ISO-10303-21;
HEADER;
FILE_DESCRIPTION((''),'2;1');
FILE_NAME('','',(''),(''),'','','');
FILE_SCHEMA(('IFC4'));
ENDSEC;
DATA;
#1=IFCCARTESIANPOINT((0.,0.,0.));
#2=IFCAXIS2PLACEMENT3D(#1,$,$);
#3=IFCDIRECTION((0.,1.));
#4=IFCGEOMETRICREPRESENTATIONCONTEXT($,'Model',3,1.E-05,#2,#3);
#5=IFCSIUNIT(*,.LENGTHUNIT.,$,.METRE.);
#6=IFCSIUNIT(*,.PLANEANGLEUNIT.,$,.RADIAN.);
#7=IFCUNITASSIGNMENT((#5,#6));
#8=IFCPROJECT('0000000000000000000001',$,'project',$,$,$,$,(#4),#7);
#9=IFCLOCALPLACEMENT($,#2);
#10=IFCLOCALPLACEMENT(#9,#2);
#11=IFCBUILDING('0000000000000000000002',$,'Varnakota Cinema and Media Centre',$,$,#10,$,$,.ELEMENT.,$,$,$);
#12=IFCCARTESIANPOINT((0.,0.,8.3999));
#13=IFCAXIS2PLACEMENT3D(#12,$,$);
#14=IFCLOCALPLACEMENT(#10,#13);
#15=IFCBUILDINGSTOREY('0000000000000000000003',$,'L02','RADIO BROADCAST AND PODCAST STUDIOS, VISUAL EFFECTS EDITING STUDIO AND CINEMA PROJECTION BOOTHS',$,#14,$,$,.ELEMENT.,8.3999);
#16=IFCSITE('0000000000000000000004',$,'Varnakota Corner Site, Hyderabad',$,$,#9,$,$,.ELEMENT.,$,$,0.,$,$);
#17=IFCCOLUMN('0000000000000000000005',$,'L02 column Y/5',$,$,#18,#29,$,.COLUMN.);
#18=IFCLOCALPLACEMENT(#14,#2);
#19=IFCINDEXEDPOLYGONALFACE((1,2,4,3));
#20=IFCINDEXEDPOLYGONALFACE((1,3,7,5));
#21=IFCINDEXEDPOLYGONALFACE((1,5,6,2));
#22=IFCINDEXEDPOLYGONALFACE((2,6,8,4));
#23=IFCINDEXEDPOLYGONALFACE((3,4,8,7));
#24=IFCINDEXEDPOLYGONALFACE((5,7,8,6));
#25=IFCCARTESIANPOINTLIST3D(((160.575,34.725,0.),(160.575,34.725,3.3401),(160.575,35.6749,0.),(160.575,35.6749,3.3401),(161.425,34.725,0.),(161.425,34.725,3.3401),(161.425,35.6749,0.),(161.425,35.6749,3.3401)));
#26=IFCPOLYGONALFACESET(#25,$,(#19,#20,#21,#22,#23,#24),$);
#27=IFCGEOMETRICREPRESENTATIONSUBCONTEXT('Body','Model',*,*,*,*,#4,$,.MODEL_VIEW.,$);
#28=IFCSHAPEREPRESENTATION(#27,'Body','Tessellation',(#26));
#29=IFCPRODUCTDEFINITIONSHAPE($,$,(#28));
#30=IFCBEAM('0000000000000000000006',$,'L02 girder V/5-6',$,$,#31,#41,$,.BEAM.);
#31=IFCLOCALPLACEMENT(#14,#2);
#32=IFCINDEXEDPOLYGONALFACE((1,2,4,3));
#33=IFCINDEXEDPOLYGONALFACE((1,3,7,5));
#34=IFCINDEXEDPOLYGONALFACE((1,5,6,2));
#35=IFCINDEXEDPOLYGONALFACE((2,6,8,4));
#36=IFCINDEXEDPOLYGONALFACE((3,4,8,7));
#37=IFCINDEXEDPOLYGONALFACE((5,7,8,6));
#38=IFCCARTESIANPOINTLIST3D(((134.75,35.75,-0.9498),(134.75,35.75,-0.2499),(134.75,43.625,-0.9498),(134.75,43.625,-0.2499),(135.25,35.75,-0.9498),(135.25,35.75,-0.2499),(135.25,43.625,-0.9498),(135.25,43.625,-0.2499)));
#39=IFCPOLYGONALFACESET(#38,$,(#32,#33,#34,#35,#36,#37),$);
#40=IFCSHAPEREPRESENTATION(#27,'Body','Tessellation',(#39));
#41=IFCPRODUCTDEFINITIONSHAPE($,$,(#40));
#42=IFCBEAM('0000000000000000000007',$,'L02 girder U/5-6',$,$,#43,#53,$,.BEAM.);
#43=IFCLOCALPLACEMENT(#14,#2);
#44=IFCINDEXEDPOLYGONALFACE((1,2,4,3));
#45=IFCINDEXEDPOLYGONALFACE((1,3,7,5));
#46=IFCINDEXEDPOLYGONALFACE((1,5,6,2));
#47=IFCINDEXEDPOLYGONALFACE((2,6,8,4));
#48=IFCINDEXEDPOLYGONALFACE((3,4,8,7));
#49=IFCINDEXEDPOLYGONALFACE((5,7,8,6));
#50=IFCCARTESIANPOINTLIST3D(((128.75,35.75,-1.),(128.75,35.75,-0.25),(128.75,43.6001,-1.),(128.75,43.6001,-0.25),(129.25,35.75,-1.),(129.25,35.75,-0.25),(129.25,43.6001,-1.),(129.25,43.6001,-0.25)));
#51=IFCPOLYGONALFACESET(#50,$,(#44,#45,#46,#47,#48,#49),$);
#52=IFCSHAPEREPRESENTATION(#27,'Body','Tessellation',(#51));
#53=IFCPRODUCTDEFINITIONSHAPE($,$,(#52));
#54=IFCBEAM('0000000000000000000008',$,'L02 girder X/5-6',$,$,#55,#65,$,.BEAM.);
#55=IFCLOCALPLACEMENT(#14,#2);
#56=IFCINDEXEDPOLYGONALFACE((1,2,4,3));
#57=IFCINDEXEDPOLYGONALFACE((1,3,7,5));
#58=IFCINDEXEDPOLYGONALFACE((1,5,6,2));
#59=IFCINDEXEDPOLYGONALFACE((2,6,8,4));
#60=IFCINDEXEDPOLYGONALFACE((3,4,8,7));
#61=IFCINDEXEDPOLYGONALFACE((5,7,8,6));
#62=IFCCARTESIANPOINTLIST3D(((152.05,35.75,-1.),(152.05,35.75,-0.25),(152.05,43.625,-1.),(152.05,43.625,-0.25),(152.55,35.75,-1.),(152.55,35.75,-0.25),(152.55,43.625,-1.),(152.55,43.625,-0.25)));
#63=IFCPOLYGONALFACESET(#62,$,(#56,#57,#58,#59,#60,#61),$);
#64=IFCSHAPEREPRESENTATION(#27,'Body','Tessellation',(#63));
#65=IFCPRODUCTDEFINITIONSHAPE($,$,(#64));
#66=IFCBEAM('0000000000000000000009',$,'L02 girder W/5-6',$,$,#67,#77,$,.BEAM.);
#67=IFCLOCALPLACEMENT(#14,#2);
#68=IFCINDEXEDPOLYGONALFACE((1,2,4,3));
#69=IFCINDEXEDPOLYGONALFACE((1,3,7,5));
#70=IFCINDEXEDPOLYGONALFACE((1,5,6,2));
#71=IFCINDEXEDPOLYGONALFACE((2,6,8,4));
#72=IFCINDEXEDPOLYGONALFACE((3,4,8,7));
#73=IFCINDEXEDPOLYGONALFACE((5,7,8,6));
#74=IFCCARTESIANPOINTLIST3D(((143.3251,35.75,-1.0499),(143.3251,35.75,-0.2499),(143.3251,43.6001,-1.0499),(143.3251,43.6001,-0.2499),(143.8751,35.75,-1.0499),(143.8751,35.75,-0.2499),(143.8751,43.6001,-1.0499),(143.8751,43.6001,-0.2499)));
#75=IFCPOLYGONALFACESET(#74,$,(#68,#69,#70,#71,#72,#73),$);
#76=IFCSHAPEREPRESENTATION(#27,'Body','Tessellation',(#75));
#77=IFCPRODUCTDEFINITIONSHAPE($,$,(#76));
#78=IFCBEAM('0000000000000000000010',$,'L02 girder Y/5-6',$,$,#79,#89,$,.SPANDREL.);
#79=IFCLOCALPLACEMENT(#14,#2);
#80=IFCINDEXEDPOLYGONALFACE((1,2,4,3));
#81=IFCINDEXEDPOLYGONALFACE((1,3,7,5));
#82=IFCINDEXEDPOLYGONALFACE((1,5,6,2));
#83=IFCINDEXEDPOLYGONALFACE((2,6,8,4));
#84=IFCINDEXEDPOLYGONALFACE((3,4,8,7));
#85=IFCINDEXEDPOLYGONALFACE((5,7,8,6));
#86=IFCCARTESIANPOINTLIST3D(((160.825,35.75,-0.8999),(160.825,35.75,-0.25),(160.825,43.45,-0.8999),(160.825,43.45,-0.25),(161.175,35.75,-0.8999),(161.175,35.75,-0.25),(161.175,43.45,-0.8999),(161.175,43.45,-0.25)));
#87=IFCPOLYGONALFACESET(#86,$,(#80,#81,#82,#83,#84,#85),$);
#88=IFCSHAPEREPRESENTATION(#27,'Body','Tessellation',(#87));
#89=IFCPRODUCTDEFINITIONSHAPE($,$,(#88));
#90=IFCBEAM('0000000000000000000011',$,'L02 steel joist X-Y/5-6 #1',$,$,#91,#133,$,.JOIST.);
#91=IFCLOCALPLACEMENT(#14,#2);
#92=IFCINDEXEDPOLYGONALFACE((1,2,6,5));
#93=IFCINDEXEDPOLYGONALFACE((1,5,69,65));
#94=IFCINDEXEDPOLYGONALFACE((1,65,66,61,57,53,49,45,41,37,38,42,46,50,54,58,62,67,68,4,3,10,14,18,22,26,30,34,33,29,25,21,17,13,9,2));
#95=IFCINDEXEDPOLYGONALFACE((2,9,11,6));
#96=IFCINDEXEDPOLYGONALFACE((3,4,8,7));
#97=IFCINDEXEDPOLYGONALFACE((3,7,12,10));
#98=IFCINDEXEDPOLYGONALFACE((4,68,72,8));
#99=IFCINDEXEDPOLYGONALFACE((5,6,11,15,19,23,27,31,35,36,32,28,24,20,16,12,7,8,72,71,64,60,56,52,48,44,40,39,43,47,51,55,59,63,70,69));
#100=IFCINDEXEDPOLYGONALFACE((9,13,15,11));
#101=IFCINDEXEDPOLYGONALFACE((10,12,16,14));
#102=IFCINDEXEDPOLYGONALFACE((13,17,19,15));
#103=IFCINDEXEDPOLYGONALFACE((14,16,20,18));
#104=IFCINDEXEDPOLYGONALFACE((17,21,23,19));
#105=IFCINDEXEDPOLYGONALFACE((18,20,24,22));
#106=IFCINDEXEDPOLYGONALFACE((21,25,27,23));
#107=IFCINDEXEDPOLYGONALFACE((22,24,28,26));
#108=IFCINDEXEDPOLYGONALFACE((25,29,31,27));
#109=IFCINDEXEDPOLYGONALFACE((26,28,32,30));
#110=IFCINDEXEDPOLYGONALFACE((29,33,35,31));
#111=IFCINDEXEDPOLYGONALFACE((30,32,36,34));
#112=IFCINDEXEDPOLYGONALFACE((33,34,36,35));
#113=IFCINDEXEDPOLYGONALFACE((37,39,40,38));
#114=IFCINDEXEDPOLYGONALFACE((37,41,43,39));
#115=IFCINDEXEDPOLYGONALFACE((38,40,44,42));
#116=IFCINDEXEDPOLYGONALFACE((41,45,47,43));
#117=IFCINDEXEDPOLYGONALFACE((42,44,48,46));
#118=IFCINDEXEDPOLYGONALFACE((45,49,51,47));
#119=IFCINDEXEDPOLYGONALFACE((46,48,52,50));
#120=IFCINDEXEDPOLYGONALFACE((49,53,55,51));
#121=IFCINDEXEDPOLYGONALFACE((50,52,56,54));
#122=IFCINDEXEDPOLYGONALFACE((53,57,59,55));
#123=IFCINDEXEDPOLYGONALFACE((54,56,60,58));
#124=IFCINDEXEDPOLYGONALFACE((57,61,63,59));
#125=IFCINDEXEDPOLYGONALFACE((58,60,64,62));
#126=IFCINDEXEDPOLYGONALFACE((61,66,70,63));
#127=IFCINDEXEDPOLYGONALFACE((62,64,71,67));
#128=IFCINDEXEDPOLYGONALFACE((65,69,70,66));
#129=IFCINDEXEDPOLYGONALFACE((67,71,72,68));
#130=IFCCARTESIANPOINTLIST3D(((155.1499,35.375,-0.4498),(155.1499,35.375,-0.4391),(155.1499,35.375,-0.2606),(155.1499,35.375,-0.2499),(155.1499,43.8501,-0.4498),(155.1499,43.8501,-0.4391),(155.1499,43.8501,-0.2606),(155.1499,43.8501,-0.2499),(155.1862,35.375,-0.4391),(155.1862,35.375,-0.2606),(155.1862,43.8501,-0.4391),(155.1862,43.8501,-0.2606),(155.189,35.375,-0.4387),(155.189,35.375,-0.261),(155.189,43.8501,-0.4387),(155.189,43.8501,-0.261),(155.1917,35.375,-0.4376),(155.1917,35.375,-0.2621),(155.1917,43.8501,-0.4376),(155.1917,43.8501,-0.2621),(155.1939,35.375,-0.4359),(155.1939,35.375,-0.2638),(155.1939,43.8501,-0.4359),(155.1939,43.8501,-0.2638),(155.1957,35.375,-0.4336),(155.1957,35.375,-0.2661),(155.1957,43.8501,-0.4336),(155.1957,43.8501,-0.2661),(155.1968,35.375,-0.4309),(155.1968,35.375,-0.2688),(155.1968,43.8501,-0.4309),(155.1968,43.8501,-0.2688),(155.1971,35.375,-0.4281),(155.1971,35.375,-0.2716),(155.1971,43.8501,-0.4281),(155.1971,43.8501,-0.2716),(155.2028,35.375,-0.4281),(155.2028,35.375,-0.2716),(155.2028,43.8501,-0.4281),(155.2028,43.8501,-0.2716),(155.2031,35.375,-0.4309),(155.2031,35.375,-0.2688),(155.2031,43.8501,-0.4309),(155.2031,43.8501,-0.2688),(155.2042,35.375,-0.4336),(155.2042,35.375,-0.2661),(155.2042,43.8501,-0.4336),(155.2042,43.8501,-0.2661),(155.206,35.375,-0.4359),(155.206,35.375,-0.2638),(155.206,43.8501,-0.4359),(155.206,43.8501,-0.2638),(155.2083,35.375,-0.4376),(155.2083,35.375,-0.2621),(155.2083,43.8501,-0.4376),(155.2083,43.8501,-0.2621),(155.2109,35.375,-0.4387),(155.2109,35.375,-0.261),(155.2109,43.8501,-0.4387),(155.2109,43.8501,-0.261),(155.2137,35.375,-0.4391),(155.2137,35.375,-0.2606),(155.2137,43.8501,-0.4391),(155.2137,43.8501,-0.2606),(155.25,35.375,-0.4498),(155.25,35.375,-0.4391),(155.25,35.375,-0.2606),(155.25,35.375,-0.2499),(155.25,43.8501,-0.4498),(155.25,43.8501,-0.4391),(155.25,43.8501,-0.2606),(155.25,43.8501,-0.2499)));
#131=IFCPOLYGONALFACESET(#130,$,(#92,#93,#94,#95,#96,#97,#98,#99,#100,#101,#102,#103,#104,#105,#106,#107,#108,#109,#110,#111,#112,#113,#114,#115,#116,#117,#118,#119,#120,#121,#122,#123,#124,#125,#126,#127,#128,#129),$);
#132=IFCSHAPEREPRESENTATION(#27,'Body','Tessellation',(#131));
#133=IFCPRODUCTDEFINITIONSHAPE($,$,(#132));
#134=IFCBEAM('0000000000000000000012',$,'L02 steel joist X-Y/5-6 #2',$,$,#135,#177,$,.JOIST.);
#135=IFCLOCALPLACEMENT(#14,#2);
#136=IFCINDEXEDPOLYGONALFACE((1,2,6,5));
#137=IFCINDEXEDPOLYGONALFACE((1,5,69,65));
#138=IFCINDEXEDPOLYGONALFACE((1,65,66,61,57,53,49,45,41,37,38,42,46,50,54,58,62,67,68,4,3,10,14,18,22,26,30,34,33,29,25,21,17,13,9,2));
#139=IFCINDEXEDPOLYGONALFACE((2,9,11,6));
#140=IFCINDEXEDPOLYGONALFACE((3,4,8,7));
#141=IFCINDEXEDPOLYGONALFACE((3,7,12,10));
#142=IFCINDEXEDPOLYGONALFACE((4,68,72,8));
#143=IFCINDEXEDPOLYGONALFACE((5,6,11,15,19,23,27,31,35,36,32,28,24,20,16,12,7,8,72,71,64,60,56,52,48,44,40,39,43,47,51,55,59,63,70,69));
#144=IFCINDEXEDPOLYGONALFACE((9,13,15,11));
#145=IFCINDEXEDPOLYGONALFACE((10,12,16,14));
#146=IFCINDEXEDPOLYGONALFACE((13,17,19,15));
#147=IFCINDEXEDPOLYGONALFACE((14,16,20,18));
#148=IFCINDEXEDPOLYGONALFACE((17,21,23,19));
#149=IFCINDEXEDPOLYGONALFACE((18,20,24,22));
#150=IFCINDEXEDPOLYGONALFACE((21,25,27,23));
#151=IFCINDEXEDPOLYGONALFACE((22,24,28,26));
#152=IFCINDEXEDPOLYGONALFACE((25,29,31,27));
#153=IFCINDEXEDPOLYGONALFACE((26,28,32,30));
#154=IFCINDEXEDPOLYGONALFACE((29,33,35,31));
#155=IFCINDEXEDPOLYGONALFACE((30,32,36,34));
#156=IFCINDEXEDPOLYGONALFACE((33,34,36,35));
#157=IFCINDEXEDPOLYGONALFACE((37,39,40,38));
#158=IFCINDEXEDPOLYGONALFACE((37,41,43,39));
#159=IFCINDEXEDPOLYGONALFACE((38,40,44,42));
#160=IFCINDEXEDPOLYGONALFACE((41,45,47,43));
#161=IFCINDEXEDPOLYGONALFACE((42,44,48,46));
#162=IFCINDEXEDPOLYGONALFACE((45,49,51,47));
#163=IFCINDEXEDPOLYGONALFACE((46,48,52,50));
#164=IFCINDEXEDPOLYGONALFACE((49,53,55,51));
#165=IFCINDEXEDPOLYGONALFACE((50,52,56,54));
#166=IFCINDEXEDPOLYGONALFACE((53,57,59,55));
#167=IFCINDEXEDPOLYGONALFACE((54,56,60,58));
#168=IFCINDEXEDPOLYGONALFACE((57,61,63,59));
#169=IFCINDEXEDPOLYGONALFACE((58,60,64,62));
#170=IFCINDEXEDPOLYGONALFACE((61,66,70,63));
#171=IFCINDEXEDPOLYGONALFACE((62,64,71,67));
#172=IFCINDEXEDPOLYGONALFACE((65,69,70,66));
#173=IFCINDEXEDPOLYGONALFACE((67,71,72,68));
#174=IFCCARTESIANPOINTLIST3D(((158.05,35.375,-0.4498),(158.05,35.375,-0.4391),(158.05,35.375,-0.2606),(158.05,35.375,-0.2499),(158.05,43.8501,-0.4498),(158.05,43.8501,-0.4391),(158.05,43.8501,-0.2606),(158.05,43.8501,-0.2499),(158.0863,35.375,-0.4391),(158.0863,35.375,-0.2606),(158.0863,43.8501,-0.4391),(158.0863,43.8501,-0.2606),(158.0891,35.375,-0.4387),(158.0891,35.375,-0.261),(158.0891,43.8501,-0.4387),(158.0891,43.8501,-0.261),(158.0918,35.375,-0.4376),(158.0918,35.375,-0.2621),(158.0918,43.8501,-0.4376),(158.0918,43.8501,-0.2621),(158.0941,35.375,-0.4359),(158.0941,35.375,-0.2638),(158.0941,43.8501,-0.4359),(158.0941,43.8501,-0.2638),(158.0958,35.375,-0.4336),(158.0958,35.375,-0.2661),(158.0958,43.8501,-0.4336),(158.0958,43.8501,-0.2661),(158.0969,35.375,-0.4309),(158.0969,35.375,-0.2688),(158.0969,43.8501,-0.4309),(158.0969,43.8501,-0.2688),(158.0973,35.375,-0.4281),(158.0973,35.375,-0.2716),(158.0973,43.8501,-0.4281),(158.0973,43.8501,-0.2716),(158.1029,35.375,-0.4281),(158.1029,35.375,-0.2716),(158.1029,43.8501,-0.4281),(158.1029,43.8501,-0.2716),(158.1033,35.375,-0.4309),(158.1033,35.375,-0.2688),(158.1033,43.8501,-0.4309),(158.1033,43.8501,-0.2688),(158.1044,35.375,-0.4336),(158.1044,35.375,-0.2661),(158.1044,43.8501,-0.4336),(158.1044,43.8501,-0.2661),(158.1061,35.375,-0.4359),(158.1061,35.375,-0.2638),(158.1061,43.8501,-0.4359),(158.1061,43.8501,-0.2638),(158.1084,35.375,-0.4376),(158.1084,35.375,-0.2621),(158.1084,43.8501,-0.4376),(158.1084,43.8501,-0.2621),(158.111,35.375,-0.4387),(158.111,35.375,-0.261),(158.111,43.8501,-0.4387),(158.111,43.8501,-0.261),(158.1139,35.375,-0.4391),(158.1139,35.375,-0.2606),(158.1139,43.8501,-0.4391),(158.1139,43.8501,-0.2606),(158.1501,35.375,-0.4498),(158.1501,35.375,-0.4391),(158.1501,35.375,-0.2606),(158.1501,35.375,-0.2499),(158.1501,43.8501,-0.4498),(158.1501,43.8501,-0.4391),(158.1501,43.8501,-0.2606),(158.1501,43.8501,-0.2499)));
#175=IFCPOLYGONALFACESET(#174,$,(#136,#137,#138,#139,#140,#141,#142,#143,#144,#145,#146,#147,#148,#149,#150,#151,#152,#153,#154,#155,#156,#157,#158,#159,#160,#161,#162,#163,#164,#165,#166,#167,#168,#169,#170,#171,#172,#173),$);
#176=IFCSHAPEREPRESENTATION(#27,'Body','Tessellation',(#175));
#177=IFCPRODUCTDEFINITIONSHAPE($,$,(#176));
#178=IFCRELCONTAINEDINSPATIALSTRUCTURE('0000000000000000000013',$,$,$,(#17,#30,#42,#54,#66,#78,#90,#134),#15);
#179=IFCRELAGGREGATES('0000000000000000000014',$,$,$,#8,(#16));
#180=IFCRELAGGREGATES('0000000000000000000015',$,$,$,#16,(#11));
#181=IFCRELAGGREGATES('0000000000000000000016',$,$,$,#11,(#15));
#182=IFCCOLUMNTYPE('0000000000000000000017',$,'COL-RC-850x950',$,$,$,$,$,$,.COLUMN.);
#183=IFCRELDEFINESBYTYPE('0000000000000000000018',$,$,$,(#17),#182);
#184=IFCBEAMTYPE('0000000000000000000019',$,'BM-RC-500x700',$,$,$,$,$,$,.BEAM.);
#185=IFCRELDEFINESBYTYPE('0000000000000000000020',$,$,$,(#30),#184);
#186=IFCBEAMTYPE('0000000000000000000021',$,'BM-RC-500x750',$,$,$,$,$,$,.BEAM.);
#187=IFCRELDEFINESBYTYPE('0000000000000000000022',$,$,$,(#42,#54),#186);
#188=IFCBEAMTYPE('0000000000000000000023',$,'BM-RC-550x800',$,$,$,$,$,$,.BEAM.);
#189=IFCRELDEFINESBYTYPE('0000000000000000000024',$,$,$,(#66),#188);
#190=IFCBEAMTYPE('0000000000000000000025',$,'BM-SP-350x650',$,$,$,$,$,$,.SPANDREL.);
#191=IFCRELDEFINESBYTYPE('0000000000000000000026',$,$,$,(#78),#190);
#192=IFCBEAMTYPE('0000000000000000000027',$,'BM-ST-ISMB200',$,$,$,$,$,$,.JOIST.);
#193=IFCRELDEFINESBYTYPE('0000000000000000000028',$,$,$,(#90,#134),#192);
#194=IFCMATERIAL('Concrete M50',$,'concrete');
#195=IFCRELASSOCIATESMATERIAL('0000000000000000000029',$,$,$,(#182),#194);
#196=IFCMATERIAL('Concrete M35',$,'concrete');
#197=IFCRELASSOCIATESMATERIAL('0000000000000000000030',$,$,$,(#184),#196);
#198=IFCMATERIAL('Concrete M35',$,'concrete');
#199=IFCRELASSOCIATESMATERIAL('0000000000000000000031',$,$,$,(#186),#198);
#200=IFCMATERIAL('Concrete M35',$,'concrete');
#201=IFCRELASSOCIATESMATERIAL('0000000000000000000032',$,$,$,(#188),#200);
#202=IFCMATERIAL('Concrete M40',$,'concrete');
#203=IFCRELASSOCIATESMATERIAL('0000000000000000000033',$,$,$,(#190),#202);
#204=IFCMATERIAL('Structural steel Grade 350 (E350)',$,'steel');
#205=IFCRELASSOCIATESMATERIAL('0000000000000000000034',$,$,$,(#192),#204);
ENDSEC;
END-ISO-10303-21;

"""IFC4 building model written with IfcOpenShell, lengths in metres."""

from ifc_helpers import new_model, si_unit, direction, frame, origin, origin_2d, place, context, subcontext, project, spatial, rectangle, i_section, extrude, material, material_profile, profile_set, type_object, element, save


model = new_model("IFC4")

# Units and contexts
model_context = context("Model", 3, precision=1e-05, world=origin(), true_north=direction((0.0, 1.0)))
body_context = subcontext(model_context, "Body", "Model", "MODEL_VIEW")
ifc_project = project(units=[si_unit("LENGTHUNIT", "METRE"), si_unit("PLANEANGLEUNIT", "RADIAN")], contexts=[model_context])

# Site, building, storey
site_placement = place(None, origin())
site = spatial("IfcSite", under=ifc_project, at=site_placement, Name="Varnakota Corner Site, Hyderabad", CompositionType="ELEMENT", RefElevation=0.0)
building_placement = place(site_placement, origin())
building = spatial("IfcBuilding", under=site, at=building_placement, Name="Varnakota Cinema and Media Centre", CompositionType="ELEMENT")
storey_placement = place(building_placement, frame((0.0, 0.0, 8.3999)))
storey = spatial("IfcBuildingStorey", under=building, at=storey_placement, Name="L02", Description="RADIO BROADCAST AND PODCAST STUDIOS, VISUAL EFFECTS EDITING STUDIO AND CINEMA PROJECTION BOOTHS", CompositionType="ELEMENT", Elevation=8.3999)

# Column
ifc_material_1 = material(Name="Concrete M50", Category="concrete")
ifc_material_profile_1 = material_profile(ifc_material_1, rectangle(XDim=0.8501, YDim=0.95, at=origin_2d()), Name="RC 850x950")
ifc_profile_set_1 = profile_set([ifc_material_profile_1], Name="Concrete M50")
column_type = type_object("IfcColumnType", Name="COL-RC-850x950", PredefinedType="COLUMN", material=ifc_profile_set_1)
column_placement = place(storey_placement, frame((161.0, 35.2, 0.0), z_axis=(0.0, 0.0, 1.0), x_axis=(1.0, 0.0, 0.0)))
element("IfcColumn", 1, at=column_placement, inside=storey, type_object=column_type, Name="L02 column Y/5", PredefinedType="COLUMN", context=body_context, shape_type="SweptSolid", body=[
    extrude(rectangle(XDim=0.8501, YDim=0.95, at=origin_2d()), origin(), (0.0, 0.0, 1.0), 3.3401),
])

# Beams
ifc_material_2 = material(Name="Concrete M35", Category="concrete")
ifc_material_profile_2 = material_profile(ifc_material_2, rectangle(XDim=0.5, YDim=0.7, at=origin_2d()), Name="RCB 500x700")
ifc_profile_set_2 = profile_set([ifc_material_profile_2], Name="Concrete M35")
beam_type_1 = type_object("IfcBeamType", Name="BM-RC-500x700", PredefinedType="BEAM", material=ifc_profile_set_2)
beam_1_placement = place(storey_placement, frame((135.0, 35.75, -0.5999), z_axis=(0.0, 1.0, 0.0), x_axis=(-1.0, 0.0, 0.0)))
element("IfcBeam", 2, at=beam_1_placement, inside=storey, type_object=beam_type_1, Name="L02 girder V/5-6", PredefinedType="BEAM", context=body_context, shape_type="SweptSolid", body=[
    extrude(rectangle(XDim=0.5, YDim=0.7, at=origin_2d()), origin(), (0.0, 0.0, 1.0), 7.875),
])
ifc_material_3 = material(Name="Concrete M35", Category="concrete")
ifc_material_profile_3 = material_profile(ifc_material_3, rectangle(XDim=0.5, YDim=0.75, at=origin_2d()), Name="RCB 500x750")
ifc_profile_set_3 = profile_set([ifc_material_profile_3], Name="Concrete M35")
beam_type_2 = type_object("IfcBeamType", Name="BM-RC-500x750", PredefinedType="BEAM", material=ifc_profile_set_3)
beam_2_placement = place(storey_placement, frame((129.0, 35.75, -0.625), z_axis=(0.0, 1.0, 0.0), x_axis=(-1.0, 0.0, 0.0)))
element("IfcBeam", 3, at=beam_2_placement, inside=storey, type_object=beam_type_2, Name="L02 girder U/5-6", PredefinedType="BEAM", context=body_context, shape_type="SweptSolid", body=[
    extrude(rectangle(XDim=0.5, YDim=0.75, at=origin_2d()), origin(), (0.0, 0.0, 1.0), 7.8501),
])
beam_3_placement = place(storey_placement, frame((152.3, 35.75, -0.625), z_axis=(0.0, 1.0, 0.0), x_axis=(-1.0, 0.0, 0.0)))
element("IfcBeam", 4, at=beam_3_placement, inside=storey, type_object=beam_type_2, Name="L02 girder X/5-6", PredefinedType="BEAM", context=body_context, shape_type="SweptSolid", body=[
    extrude(rectangle(XDim=0.5, YDim=0.75, at=origin_2d()), origin(), (0.0, 0.0, 1.0), 7.875),
])
ifc_material_4 = material(Name="Concrete M35", Category="concrete")
ifc_material_profile_4 = material_profile(ifc_material_4, rectangle(XDim=0.55, YDim=0.8, at=origin_2d()), Name="RCB 550x800")
ifc_profile_set_4 = profile_set([ifc_material_profile_4], Name="Concrete M35")
beam_type_3 = type_object("IfcBeamType", Name="BM-RC-550x800", PredefinedType="BEAM", material=ifc_profile_set_4)
beam_4_placement = place(storey_placement, frame((143.6001, 35.75, -0.6499), z_axis=(0.0, 1.0, 0.0), x_axis=(-1.0, 0.0, 0.0)))
element("IfcBeam", 5, at=beam_4_placement, inside=storey, type_object=beam_type_3, Name="L02 girder W/5-6", PredefinedType="BEAM", context=body_context, shape_type="SweptSolid", body=[
    extrude(rectangle(XDim=0.55, YDim=0.8, at=origin_2d()), origin(), (0.0, 0.0, 1.0), 7.8501),
])
ifc_material_5 = material(Name="Concrete M40", Category="concrete")
ifc_material_profile_5 = material_profile(ifc_material_5, rectangle(XDim=0.3501, YDim=0.6499, at=origin_2d()), Name="RCB 350x650")
ifc_profile_set_5 = profile_set([ifc_material_profile_5], Name="Concrete M40")
beam_type_4 = type_object("IfcBeamType", Name="BM-SP-350x650", PredefinedType="SPANDREL", material=ifc_profile_set_5)
beam_5_placement = place(storey_placement, frame((161.0, 35.75, -0.575), z_axis=(0.0, 1.0, 0.0), x_axis=(-1.0, 0.0, 0.0)))
element("IfcBeam", 6, at=beam_5_placement, inside=storey, type_object=beam_type_4, Name="L02 girder Y/5-6", PredefinedType="SPANDREL", context=body_context, shape_type="SweptSolid", body=[
    extrude(rectangle(XDim=0.3501, YDim=0.6499, at=origin_2d()), origin(), (0.0, 0.0, 1.0), 7.7),
])
ifc_material_6 = material(Name="Structural steel Grade 350 (E350)", Category="steel")
ifc_material_profile_6 = material_profile(ifc_material_6, i_section(OverallWidth=0.1001, OverallDepth=0.2, WebThickness=0.0056, FlangeThickness=0.0107, FilletRadius=0.011, at=origin_2d()), Name="ISMB 200")
ifc_profile_set_6 = profile_set([ifc_material_profile_6], Name="Structural steel Grade 350 (E350)")
beam_type_5 = type_object("IfcBeamType", Name="BM-ST-ISMB200", PredefinedType="JOIST", material=ifc_profile_set_6)
for number, where, z_axis, x_axis, name in (
    (7, (155.2, 35.375, -0.3499), (0.0, 1.0, 0.0), (-1.0, 0.0, 0.0), "L02 steel joist X-Y/5-6 #1"),
    (8, (158.1001, 35.375, -0.3499), (0.0, 1.0, 0.0), (-1.0, 0.0, 0.0), "L02 steel joist X-Y/5-6 #2"),
):
    element("IfcBeam", number, at=place(storey_placement, frame(where, z_axis=z_axis, x_axis=x_axis)), inside=storey, type_object=beam_type_5, Name=name, PredefinedType="JOIST", context=body_context, shape_type="SweptSolid", body=[
        extrude(i_section(OverallWidth=0.1001, OverallDepth=0.2, WebThickness=0.0056, FlangeThickness=0.0107, FilletRadius=0.011, at=origin_2d()), origin(), (0.0, 0.0, 1.0), 8.4751),
    ])

save(model, "model.ifc")
